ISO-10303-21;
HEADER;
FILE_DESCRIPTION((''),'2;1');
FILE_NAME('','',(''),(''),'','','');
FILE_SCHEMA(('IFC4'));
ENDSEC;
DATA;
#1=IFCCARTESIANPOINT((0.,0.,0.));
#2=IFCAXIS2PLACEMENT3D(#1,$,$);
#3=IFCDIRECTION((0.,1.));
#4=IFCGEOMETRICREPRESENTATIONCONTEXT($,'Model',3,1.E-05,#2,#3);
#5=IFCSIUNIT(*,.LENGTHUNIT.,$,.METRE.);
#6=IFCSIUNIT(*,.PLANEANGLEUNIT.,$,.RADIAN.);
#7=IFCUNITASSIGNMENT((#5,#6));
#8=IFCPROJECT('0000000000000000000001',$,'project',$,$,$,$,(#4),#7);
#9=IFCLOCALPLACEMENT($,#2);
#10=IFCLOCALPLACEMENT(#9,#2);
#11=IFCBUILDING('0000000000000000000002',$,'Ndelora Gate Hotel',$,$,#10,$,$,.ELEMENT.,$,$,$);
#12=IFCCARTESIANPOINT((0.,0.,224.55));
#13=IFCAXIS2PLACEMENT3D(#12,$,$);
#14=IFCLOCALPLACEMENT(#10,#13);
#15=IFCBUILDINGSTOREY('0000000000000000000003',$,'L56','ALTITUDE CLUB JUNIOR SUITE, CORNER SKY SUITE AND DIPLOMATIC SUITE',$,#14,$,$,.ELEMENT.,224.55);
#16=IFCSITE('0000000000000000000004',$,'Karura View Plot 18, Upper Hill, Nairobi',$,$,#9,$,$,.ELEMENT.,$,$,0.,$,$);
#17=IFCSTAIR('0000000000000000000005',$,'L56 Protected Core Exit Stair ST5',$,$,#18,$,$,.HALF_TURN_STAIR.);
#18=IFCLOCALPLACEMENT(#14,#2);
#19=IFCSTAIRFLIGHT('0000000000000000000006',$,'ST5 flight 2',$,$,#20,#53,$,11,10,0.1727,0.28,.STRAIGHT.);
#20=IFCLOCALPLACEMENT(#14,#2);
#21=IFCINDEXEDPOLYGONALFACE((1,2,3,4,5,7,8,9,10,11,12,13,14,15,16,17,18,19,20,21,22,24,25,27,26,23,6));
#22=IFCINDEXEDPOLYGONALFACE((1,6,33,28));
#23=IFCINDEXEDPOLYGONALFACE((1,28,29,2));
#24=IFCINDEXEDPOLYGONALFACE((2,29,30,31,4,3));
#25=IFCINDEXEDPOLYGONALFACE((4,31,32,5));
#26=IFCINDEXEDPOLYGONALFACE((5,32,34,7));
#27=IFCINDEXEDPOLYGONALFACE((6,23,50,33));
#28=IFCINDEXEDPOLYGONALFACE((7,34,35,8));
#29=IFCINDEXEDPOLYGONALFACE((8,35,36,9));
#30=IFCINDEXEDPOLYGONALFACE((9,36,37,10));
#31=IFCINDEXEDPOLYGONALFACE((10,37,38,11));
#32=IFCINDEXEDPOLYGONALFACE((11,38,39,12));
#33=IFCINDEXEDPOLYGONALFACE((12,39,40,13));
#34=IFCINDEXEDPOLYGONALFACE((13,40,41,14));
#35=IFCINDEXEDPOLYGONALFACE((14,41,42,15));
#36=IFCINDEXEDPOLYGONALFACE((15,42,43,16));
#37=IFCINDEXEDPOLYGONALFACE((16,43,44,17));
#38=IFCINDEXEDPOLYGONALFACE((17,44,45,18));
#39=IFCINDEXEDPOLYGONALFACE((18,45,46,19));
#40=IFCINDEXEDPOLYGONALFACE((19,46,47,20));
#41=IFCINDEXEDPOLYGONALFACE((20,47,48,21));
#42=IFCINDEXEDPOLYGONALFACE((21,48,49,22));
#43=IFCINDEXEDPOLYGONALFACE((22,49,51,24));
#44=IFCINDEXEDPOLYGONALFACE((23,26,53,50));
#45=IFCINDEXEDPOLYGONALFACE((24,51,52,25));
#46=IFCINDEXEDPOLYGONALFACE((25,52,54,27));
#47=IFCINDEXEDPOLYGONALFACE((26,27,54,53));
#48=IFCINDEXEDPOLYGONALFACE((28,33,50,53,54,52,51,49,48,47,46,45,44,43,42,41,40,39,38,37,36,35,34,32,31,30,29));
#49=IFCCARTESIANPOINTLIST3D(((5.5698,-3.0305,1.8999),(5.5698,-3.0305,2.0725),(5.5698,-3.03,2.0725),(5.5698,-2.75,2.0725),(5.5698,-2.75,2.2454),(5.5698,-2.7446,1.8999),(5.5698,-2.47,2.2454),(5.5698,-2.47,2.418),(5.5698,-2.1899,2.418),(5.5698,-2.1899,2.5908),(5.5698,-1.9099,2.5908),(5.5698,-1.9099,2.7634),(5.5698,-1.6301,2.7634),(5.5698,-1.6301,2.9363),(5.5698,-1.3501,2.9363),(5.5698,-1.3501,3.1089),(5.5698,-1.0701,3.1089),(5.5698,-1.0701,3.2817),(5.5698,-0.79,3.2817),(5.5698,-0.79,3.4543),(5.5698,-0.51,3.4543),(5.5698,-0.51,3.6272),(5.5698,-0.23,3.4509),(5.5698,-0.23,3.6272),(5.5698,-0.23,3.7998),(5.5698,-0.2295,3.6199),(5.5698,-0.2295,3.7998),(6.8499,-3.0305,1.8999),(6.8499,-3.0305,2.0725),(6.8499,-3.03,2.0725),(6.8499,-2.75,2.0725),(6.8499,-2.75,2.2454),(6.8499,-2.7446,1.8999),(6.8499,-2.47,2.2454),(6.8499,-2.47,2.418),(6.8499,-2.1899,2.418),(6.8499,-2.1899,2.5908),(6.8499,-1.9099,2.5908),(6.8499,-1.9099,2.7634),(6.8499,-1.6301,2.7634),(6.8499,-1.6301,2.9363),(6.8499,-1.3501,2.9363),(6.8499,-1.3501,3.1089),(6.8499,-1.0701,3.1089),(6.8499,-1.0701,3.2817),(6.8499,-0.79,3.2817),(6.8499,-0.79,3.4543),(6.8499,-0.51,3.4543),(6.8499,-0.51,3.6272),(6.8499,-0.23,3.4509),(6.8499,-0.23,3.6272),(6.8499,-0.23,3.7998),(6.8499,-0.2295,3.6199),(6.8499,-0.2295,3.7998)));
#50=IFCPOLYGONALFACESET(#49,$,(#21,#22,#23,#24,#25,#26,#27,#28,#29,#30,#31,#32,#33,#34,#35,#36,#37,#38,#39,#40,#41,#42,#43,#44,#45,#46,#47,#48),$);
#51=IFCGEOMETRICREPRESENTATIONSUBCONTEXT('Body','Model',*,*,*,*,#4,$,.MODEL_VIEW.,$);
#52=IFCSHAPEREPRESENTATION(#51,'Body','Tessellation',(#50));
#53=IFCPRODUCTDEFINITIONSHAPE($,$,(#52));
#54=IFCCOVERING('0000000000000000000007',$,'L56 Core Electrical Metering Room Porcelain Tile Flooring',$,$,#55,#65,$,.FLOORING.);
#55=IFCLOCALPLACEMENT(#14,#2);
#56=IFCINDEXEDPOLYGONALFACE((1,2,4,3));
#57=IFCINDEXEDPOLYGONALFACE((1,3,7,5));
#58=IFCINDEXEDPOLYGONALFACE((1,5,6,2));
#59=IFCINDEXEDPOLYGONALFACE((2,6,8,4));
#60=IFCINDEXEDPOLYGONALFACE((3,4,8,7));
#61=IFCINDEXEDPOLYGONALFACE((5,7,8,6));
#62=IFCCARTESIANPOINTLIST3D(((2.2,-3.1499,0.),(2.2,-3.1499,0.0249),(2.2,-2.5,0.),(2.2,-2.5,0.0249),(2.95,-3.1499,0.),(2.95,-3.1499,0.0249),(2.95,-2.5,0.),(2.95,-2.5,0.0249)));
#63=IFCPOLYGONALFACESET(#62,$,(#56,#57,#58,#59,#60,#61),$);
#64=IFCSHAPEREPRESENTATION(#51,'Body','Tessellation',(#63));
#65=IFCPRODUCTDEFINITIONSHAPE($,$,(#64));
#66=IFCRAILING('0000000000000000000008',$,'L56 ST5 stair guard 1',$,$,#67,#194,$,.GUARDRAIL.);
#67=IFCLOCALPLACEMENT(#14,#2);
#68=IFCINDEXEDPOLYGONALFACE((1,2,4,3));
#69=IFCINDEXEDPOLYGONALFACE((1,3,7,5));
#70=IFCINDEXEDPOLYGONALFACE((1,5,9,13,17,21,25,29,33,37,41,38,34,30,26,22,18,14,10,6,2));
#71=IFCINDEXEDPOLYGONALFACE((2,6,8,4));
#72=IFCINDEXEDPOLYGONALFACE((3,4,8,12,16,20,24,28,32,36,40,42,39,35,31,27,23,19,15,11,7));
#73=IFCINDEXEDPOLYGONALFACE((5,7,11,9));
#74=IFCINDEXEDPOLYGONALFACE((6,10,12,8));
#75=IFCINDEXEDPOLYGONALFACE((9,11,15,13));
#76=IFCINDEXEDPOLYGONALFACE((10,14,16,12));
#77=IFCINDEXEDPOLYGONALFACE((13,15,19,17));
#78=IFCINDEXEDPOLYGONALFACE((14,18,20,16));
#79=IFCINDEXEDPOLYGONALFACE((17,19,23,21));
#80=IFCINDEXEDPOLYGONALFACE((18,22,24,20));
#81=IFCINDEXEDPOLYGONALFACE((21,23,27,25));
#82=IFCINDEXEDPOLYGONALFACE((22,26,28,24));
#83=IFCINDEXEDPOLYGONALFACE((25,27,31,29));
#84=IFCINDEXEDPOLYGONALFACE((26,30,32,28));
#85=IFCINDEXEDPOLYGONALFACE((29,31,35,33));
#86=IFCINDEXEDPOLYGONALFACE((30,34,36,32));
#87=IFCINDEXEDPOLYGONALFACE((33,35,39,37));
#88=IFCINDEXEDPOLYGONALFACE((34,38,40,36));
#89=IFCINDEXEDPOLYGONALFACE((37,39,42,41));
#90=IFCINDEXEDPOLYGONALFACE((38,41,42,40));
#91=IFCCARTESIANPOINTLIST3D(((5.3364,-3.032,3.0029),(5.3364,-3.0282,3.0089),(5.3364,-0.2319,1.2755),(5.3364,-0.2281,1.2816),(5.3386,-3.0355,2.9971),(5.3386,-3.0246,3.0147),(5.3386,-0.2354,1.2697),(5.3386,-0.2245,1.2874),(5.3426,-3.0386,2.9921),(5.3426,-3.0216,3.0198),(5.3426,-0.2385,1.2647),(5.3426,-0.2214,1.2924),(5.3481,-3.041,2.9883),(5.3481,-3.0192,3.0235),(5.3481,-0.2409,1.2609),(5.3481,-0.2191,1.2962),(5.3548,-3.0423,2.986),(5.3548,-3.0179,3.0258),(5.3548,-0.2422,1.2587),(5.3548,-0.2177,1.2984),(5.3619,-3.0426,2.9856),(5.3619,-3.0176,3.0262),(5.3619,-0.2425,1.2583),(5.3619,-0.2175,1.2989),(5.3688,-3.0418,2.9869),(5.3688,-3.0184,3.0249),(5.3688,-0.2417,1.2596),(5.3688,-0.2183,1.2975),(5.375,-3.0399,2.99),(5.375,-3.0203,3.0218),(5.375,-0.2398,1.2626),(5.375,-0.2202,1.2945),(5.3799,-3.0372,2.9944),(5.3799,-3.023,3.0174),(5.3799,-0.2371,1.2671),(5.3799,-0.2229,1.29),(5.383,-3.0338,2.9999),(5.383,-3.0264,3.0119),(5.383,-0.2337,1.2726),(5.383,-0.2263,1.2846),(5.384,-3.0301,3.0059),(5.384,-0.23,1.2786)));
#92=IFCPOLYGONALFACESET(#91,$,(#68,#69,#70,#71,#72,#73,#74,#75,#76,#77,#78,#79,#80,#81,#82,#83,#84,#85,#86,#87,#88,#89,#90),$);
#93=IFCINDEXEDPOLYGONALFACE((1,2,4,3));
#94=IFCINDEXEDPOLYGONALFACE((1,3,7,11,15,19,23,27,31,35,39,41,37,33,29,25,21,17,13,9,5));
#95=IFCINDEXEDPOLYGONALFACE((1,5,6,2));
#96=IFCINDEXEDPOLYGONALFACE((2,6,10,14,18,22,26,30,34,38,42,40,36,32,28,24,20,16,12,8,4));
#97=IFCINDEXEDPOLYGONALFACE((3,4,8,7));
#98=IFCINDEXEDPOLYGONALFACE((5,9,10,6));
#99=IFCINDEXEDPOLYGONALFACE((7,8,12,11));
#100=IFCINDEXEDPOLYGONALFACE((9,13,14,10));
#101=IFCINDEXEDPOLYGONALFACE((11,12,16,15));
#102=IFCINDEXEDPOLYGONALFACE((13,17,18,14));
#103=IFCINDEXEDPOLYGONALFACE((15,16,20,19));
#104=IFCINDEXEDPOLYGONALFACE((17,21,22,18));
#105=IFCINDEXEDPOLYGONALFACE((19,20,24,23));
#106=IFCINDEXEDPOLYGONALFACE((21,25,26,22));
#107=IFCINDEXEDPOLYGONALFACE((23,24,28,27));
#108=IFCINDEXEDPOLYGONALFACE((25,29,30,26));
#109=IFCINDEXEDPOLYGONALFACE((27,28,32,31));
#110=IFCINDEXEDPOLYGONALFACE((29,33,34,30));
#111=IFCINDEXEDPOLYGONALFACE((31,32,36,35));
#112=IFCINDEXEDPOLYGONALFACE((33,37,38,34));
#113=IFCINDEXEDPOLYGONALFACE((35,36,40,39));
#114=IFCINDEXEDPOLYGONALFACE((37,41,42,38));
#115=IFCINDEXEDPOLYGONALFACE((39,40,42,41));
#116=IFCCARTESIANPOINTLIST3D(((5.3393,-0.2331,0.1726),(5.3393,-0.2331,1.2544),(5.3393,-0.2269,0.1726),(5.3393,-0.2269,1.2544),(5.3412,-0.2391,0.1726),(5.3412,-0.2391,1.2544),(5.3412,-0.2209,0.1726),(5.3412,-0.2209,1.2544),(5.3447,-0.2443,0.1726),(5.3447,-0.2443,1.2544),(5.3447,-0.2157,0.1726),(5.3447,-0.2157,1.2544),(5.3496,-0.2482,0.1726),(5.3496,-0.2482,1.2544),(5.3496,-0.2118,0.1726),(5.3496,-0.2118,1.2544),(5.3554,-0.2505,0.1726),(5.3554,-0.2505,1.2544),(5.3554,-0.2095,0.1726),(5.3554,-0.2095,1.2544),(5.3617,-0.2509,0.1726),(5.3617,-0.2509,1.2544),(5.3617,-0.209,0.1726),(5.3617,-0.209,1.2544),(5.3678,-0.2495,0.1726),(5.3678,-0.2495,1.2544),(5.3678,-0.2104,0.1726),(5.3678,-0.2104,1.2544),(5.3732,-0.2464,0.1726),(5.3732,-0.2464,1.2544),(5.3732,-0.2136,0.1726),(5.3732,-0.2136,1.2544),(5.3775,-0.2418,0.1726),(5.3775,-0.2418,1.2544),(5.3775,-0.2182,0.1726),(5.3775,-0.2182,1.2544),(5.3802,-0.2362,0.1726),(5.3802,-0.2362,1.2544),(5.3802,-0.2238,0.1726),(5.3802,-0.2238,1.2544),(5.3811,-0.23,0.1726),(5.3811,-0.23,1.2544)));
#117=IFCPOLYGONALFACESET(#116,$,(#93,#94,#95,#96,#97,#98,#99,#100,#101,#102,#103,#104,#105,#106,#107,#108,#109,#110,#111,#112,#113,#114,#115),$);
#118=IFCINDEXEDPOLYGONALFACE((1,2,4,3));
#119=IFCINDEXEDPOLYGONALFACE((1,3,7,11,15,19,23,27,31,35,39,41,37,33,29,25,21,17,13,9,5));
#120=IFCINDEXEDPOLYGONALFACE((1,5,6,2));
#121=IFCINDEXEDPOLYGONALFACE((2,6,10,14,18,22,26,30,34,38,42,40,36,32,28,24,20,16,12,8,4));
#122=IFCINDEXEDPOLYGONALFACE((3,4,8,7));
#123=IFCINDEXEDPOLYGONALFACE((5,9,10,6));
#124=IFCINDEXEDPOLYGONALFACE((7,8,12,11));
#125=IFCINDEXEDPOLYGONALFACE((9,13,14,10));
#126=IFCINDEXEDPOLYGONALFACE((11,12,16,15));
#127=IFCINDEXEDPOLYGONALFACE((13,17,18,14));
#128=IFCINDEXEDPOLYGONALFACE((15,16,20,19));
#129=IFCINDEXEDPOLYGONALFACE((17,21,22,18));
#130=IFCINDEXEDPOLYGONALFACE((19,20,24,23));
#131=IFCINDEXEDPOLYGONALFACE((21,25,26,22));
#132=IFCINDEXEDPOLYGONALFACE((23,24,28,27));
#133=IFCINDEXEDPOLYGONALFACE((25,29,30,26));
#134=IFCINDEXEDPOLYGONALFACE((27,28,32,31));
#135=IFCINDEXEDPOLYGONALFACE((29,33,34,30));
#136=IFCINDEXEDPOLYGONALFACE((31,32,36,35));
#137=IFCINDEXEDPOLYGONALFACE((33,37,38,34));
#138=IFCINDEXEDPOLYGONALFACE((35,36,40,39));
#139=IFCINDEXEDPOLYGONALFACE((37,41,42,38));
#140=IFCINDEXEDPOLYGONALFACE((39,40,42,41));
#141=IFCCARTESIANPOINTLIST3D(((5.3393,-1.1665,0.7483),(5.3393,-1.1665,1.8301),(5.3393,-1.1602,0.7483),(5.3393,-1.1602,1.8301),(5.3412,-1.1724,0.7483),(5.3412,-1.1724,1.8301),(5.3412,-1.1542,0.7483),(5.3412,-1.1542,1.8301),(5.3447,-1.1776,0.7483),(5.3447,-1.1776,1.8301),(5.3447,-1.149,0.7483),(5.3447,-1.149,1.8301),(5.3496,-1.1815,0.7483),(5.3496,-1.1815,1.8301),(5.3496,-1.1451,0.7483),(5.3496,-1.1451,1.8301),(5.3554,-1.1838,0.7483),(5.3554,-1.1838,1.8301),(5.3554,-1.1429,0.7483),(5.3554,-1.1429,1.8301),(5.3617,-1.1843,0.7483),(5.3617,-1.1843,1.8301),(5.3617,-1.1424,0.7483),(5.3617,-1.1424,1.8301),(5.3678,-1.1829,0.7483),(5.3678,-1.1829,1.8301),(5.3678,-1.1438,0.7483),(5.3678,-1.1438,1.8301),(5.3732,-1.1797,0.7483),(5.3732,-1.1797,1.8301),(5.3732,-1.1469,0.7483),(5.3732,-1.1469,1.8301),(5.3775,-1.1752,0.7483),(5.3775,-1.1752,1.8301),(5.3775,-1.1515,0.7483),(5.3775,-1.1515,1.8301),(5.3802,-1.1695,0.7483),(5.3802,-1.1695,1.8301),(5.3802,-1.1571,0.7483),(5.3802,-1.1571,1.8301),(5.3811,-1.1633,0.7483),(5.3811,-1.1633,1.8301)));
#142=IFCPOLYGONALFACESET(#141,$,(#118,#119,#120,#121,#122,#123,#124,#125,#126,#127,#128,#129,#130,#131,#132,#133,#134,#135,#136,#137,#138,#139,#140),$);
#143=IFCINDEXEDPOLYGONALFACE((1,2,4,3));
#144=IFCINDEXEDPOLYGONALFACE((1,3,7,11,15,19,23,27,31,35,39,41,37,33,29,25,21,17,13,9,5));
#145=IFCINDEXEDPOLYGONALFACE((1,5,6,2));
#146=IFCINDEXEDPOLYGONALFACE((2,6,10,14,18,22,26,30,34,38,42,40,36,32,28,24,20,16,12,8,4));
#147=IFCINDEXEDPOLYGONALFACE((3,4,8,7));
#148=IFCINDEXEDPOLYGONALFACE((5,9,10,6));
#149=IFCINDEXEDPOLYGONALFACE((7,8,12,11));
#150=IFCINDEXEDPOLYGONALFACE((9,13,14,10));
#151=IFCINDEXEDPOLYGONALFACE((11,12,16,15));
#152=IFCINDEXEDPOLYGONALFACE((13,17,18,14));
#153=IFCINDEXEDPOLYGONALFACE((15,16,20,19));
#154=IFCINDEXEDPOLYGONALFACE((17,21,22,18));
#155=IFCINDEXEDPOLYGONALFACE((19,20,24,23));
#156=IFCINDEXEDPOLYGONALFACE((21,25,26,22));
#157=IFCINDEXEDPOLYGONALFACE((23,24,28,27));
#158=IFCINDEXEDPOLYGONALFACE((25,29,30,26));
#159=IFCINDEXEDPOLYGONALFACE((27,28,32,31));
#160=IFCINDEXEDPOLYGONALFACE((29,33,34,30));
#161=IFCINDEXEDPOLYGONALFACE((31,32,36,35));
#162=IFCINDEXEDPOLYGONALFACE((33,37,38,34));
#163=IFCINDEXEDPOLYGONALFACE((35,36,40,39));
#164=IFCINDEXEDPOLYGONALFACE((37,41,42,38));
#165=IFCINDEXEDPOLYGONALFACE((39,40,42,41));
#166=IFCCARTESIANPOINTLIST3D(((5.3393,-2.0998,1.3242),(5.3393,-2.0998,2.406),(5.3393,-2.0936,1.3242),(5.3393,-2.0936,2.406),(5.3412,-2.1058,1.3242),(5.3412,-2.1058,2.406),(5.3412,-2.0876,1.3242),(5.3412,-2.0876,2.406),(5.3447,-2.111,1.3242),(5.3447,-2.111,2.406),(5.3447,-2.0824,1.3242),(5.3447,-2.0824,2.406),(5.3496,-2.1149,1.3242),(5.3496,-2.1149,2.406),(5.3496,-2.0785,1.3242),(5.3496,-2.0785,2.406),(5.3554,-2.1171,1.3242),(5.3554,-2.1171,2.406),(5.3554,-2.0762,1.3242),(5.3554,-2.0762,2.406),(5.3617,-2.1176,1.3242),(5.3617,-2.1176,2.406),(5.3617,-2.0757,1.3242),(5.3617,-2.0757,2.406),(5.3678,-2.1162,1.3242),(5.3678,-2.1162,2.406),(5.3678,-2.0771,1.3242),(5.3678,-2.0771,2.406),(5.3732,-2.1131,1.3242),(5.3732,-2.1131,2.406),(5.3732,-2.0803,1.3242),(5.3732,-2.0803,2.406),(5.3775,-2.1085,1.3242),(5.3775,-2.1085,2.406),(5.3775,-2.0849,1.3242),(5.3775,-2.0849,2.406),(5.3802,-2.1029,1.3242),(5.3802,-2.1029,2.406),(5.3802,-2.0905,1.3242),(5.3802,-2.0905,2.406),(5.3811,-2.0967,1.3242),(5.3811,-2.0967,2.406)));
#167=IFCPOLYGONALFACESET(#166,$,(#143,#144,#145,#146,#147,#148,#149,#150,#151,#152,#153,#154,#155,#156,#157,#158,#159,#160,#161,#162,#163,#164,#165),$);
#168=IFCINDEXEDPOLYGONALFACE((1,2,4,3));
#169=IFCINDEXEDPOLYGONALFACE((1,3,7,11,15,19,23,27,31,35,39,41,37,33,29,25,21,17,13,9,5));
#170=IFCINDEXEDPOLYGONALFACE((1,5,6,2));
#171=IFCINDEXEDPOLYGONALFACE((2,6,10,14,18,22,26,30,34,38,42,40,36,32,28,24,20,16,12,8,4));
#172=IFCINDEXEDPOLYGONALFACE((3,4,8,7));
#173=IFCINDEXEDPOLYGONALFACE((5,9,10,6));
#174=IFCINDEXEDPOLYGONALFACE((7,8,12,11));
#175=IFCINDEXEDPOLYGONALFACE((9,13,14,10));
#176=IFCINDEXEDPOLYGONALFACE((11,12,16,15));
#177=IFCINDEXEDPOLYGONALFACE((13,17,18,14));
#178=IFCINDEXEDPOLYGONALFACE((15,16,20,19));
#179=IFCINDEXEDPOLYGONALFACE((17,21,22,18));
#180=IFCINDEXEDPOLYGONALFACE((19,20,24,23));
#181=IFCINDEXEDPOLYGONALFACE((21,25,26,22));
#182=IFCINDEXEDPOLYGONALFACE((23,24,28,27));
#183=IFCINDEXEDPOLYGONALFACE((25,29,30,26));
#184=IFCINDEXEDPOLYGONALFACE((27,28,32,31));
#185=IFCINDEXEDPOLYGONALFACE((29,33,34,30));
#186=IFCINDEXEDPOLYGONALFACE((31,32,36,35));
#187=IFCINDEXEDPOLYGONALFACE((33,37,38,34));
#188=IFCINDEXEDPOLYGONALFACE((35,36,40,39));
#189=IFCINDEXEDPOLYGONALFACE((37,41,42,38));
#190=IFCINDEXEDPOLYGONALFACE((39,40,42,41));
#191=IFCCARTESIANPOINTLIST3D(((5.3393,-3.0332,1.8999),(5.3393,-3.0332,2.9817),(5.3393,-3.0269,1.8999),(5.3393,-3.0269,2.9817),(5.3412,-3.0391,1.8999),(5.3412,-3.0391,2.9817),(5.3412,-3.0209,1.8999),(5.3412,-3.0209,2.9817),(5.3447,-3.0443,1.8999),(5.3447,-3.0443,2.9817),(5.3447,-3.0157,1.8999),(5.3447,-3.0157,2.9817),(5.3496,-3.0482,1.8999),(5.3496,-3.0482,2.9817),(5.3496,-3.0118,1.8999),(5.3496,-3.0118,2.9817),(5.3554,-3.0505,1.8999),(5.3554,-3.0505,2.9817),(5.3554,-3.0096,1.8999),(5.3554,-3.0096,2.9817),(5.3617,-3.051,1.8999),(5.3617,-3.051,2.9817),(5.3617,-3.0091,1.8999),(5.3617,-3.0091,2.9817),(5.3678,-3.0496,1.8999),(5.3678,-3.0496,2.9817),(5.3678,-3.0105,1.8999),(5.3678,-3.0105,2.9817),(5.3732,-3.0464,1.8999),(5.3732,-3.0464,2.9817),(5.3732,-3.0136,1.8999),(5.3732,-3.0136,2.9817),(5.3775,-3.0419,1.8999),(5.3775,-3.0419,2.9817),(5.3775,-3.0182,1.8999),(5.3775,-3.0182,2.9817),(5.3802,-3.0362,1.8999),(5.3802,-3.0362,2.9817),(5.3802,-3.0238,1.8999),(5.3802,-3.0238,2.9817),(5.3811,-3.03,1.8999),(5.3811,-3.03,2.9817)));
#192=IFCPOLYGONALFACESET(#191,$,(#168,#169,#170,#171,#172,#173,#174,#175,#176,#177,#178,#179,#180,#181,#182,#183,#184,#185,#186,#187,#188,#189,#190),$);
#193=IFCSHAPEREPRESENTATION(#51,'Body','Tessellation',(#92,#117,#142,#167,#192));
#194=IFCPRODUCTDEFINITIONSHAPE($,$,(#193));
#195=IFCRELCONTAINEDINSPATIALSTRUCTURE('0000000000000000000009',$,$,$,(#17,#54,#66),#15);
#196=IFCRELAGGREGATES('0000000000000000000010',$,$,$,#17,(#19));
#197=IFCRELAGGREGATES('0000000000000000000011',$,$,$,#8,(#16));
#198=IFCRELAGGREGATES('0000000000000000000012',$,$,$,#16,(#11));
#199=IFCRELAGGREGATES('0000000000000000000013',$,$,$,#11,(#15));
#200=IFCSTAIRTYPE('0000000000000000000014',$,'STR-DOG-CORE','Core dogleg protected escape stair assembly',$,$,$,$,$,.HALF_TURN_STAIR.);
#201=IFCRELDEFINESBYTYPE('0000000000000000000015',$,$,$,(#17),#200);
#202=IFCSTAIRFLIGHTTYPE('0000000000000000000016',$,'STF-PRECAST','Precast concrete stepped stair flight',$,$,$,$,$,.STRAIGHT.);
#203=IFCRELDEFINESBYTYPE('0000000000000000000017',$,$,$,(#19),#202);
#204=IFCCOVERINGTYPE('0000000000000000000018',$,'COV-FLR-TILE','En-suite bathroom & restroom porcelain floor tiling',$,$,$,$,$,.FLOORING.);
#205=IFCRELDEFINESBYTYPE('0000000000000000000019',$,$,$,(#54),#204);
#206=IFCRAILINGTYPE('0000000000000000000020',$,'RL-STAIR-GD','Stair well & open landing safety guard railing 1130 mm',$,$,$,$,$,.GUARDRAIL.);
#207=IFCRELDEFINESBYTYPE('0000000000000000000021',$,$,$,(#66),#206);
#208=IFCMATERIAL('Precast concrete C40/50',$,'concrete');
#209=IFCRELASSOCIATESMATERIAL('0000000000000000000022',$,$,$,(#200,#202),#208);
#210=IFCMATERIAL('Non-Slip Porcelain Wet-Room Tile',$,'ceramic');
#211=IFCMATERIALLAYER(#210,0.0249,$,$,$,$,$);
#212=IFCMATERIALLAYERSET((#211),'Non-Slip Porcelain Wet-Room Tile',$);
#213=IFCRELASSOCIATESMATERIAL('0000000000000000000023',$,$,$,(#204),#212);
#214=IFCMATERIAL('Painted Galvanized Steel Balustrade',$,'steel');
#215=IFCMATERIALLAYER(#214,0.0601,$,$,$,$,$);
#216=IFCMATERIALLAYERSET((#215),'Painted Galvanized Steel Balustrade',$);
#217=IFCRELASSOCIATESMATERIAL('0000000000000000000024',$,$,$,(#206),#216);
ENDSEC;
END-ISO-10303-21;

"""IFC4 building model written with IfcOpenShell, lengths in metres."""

from ifc_helpers import new_model, si_unit, direction, frame, origin, origin_2d, place, context, subcontext, project, spatial, polyline, rectangle, circle, outline, extrude, material, layer, layer_set, type_object, element, aggregate, save


model = new_model("IFC4")

# Units and contexts
model_context = context("Model", 3, precision=1e-05, world=origin(), true_north=direction((0.0, 1.0)))
body_context = subcontext(model_context, "Body", "Model", "MODEL_VIEW")
ifc_project = project(units=[si_unit("LENGTHUNIT", "METRE"), si_unit("PLANEANGLEUNIT", "RADIAN")], contexts=[model_context])

# Site, building, storey
site_placement = place(None, origin())
site = spatial("IfcSite", under=ifc_project, at=site_placement, Name="Karura View Plot 18, Upper Hill, Nairobi", CompositionType="ELEMENT", RefElevation=0.0)
building_placement = place(site_placement, origin())
building = spatial("IfcBuilding", under=site, at=building_placement, Name="Ndelora Gate Hotel", CompositionType="ELEMENT")
storey_placement = place(building_placement, frame((0.0, 0.0, 224.55)))
storey = spatial("IfcBuildingStorey", under=building, at=storey_placement, Name="L56", Description="ALTITUDE CLUB JUNIOR SUITE, CORNER SKY SUITE AND DIPLOMATIC SUITE", CompositionType="ELEMENT", Elevation=224.55)

# Shared definitions
ifc_material_1 = material(Name="Precast concrete C40/50", Category="concrete")
stair_type = type_object("IfcStairType", Name="STR-DOG-CORE", Description="Core dogleg protected escape stair assembly", PredefinedType="HALF_TURN_STAIR", material=ifc_material_1)

# Stair, stair flight
stair_1_placement = place(storey_placement, origin())
stair_1 = element("IfcStair", 1, at=stair_1_placement, inside=storey, type_object=stair_type, Name="L56 Protected Core Exit Stair ST5", PredefinedType="HALF_TURN_STAIR")
stair_flight_type = type_object("IfcStairFlightType", Name="STF-PRECAST", Description="Precast concrete stepped stair flight", PredefinedType="STRAIGHT", material=ifc_material_1)
stair_flight_1_placement = place(storey_placement, frame((6.21, -3.03, 1.8999), z_axis=(0.0, 0.0, 1.0), x_axis=(0.0, 1.0, 0.0)))
stair_flight_1 = element("IfcStairFlight", 2, at=stair_flight_1_placement, type_object=stair_flight_type, Name="ST5 flight 2", NumberOfRisers=11, NumberOfTreads=10, PredefinedType="STRAIGHT", RiserHeight=0.1727, TreadLength=0.28, context=body_context, shape_type="SweptSolid", body=[
    extrude(outline(polyline([(-0.0005, 0.0), (-0.0005, 0.1726), (0.0, 0.1726), (0.28, 0.1726), (0.28, 0.3455), (0.5601, 0.3455), (0.5601, 0.5181), (0.8401, 0.5181), (0.8401, 0.6909), (1.1201, 0.6909), (1.1201, 0.8635), (1.3999, 0.8635), (1.3999, 1.0364), (1.6799, 1.0364), (1.6799, 1.209), (1.96, 1.209), (1.96, 1.3818), (2.24, 1.3818), (2.24, 1.5544), (2.52, 1.5544), (2.52, 1.7273), (2.8, 1.7273), (2.8, 1.8999), (2.8005, 1.8999), (2.8005, 1.72), (2.8, 1.551), (0.2854, 0.0), (-0.0005, 0.0)])), frame((0.0, 0.6401, 0.0), z_axis=(0.0, -1.0, 0.0), x_axis=(1.0, 0.0, 0.0)), (0.0, 0.0, 1.0), 1.28),
])
aggregate(stair_1, [stair_flight_1])

# Covering
ifc_material_2 = material(Name="Non-Slip Porcelain Wet-Room Tile", Category="ceramic")
ifc_layer_1 = layer(ifc_material_2, 0.0249)
ifc_layer_set_1 = layer_set([ifc_layer_1], Name="Non-Slip Porcelain Wet-Room Tile")
covering_type = type_object("IfcCoveringType", Name="COV-FLR-TILE", Description="En-suite bathroom & restroom porcelain floor tiling", PredefinedType="FLOORING", material=ifc_layer_set_1)
covering_placement = place(storey_placement, frame((2.575, -2.825, 0.0), z_axis=(0.0, 0.0, 1.0), x_axis=(1.0, 0.0, 0.0)))
element("IfcCovering", 3, at=covering_placement, inside=storey, type_object=covering_type, Name="L56 Core Electrical Metering Room Porcelain Tile Flooring", PredefinedType="FLOORING", context=body_context, shape_type="SweptSolid", body=[
    extrude(rectangle(XDim=0.75, YDim=0.6499, at=origin_2d()), origin(), (0.0, 0.0, 1.0), 0.0249),
])

# Railing
ifc_material_3 = material(Name="Painted Galvanized Steel Balustrade", Category="steel")
ifc_layer_2 = layer(ifc_material_3, 0.0601)
ifc_layer_set_2 = layer_set([ifc_layer_2], Name="Painted Galvanized Steel Balustrade")
railing_type_1 = type_object("IfcRailingType", Name="RL-STAIR-GD", Description="Stair well & open landing safety guard railing 1130 mm", PredefinedType="GUARDRAIL", material=ifc_layer_set_2)
railing_1_placement = place(storey_placement, frame((5.3601, -0.23, 0.1726)))
element("IfcRailing", 4, at=railing_1_placement, inside=storey, type_object=railing_type_1, Name="L56 ST5 stair guard 1", PredefinedType="GUARDRAIL", context=body_context, shape_type="SweptSolid", body=[
    extrude(circle(Radius=0.0239, at=origin_2d()), frame((0.0, 0.0, 1.106), z_axis=(0.0, -0.85109, 0.52502), x_axis=(1.0, 0.0, 0.0)), (0.0, 0.0, 1.0), 3.29),
    extrude(circle(Radius=0.021, at=origin_2d()), origin(), (0.0, 0.0, 1.0), 1.0818),
    extrude(circle(Radius=0.021, at=origin_2d()), frame((0.0, -0.9333, 0.5757)), (0.0, 0.0, 1.0), 1.0818),
    extrude(circle(Radius=0.021, at=origin_2d()), frame((0.0, -1.8667, 1.1516)), (0.0, 0.0, 1.0), 1.0818),
    extrude(circle(Radius=0.021, at=origin_2d()), frame((0.0, -2.8, 1.7273)), (0.0, 0.0, 1.0), 1.0818),
])

save(model, "model.ifc")
